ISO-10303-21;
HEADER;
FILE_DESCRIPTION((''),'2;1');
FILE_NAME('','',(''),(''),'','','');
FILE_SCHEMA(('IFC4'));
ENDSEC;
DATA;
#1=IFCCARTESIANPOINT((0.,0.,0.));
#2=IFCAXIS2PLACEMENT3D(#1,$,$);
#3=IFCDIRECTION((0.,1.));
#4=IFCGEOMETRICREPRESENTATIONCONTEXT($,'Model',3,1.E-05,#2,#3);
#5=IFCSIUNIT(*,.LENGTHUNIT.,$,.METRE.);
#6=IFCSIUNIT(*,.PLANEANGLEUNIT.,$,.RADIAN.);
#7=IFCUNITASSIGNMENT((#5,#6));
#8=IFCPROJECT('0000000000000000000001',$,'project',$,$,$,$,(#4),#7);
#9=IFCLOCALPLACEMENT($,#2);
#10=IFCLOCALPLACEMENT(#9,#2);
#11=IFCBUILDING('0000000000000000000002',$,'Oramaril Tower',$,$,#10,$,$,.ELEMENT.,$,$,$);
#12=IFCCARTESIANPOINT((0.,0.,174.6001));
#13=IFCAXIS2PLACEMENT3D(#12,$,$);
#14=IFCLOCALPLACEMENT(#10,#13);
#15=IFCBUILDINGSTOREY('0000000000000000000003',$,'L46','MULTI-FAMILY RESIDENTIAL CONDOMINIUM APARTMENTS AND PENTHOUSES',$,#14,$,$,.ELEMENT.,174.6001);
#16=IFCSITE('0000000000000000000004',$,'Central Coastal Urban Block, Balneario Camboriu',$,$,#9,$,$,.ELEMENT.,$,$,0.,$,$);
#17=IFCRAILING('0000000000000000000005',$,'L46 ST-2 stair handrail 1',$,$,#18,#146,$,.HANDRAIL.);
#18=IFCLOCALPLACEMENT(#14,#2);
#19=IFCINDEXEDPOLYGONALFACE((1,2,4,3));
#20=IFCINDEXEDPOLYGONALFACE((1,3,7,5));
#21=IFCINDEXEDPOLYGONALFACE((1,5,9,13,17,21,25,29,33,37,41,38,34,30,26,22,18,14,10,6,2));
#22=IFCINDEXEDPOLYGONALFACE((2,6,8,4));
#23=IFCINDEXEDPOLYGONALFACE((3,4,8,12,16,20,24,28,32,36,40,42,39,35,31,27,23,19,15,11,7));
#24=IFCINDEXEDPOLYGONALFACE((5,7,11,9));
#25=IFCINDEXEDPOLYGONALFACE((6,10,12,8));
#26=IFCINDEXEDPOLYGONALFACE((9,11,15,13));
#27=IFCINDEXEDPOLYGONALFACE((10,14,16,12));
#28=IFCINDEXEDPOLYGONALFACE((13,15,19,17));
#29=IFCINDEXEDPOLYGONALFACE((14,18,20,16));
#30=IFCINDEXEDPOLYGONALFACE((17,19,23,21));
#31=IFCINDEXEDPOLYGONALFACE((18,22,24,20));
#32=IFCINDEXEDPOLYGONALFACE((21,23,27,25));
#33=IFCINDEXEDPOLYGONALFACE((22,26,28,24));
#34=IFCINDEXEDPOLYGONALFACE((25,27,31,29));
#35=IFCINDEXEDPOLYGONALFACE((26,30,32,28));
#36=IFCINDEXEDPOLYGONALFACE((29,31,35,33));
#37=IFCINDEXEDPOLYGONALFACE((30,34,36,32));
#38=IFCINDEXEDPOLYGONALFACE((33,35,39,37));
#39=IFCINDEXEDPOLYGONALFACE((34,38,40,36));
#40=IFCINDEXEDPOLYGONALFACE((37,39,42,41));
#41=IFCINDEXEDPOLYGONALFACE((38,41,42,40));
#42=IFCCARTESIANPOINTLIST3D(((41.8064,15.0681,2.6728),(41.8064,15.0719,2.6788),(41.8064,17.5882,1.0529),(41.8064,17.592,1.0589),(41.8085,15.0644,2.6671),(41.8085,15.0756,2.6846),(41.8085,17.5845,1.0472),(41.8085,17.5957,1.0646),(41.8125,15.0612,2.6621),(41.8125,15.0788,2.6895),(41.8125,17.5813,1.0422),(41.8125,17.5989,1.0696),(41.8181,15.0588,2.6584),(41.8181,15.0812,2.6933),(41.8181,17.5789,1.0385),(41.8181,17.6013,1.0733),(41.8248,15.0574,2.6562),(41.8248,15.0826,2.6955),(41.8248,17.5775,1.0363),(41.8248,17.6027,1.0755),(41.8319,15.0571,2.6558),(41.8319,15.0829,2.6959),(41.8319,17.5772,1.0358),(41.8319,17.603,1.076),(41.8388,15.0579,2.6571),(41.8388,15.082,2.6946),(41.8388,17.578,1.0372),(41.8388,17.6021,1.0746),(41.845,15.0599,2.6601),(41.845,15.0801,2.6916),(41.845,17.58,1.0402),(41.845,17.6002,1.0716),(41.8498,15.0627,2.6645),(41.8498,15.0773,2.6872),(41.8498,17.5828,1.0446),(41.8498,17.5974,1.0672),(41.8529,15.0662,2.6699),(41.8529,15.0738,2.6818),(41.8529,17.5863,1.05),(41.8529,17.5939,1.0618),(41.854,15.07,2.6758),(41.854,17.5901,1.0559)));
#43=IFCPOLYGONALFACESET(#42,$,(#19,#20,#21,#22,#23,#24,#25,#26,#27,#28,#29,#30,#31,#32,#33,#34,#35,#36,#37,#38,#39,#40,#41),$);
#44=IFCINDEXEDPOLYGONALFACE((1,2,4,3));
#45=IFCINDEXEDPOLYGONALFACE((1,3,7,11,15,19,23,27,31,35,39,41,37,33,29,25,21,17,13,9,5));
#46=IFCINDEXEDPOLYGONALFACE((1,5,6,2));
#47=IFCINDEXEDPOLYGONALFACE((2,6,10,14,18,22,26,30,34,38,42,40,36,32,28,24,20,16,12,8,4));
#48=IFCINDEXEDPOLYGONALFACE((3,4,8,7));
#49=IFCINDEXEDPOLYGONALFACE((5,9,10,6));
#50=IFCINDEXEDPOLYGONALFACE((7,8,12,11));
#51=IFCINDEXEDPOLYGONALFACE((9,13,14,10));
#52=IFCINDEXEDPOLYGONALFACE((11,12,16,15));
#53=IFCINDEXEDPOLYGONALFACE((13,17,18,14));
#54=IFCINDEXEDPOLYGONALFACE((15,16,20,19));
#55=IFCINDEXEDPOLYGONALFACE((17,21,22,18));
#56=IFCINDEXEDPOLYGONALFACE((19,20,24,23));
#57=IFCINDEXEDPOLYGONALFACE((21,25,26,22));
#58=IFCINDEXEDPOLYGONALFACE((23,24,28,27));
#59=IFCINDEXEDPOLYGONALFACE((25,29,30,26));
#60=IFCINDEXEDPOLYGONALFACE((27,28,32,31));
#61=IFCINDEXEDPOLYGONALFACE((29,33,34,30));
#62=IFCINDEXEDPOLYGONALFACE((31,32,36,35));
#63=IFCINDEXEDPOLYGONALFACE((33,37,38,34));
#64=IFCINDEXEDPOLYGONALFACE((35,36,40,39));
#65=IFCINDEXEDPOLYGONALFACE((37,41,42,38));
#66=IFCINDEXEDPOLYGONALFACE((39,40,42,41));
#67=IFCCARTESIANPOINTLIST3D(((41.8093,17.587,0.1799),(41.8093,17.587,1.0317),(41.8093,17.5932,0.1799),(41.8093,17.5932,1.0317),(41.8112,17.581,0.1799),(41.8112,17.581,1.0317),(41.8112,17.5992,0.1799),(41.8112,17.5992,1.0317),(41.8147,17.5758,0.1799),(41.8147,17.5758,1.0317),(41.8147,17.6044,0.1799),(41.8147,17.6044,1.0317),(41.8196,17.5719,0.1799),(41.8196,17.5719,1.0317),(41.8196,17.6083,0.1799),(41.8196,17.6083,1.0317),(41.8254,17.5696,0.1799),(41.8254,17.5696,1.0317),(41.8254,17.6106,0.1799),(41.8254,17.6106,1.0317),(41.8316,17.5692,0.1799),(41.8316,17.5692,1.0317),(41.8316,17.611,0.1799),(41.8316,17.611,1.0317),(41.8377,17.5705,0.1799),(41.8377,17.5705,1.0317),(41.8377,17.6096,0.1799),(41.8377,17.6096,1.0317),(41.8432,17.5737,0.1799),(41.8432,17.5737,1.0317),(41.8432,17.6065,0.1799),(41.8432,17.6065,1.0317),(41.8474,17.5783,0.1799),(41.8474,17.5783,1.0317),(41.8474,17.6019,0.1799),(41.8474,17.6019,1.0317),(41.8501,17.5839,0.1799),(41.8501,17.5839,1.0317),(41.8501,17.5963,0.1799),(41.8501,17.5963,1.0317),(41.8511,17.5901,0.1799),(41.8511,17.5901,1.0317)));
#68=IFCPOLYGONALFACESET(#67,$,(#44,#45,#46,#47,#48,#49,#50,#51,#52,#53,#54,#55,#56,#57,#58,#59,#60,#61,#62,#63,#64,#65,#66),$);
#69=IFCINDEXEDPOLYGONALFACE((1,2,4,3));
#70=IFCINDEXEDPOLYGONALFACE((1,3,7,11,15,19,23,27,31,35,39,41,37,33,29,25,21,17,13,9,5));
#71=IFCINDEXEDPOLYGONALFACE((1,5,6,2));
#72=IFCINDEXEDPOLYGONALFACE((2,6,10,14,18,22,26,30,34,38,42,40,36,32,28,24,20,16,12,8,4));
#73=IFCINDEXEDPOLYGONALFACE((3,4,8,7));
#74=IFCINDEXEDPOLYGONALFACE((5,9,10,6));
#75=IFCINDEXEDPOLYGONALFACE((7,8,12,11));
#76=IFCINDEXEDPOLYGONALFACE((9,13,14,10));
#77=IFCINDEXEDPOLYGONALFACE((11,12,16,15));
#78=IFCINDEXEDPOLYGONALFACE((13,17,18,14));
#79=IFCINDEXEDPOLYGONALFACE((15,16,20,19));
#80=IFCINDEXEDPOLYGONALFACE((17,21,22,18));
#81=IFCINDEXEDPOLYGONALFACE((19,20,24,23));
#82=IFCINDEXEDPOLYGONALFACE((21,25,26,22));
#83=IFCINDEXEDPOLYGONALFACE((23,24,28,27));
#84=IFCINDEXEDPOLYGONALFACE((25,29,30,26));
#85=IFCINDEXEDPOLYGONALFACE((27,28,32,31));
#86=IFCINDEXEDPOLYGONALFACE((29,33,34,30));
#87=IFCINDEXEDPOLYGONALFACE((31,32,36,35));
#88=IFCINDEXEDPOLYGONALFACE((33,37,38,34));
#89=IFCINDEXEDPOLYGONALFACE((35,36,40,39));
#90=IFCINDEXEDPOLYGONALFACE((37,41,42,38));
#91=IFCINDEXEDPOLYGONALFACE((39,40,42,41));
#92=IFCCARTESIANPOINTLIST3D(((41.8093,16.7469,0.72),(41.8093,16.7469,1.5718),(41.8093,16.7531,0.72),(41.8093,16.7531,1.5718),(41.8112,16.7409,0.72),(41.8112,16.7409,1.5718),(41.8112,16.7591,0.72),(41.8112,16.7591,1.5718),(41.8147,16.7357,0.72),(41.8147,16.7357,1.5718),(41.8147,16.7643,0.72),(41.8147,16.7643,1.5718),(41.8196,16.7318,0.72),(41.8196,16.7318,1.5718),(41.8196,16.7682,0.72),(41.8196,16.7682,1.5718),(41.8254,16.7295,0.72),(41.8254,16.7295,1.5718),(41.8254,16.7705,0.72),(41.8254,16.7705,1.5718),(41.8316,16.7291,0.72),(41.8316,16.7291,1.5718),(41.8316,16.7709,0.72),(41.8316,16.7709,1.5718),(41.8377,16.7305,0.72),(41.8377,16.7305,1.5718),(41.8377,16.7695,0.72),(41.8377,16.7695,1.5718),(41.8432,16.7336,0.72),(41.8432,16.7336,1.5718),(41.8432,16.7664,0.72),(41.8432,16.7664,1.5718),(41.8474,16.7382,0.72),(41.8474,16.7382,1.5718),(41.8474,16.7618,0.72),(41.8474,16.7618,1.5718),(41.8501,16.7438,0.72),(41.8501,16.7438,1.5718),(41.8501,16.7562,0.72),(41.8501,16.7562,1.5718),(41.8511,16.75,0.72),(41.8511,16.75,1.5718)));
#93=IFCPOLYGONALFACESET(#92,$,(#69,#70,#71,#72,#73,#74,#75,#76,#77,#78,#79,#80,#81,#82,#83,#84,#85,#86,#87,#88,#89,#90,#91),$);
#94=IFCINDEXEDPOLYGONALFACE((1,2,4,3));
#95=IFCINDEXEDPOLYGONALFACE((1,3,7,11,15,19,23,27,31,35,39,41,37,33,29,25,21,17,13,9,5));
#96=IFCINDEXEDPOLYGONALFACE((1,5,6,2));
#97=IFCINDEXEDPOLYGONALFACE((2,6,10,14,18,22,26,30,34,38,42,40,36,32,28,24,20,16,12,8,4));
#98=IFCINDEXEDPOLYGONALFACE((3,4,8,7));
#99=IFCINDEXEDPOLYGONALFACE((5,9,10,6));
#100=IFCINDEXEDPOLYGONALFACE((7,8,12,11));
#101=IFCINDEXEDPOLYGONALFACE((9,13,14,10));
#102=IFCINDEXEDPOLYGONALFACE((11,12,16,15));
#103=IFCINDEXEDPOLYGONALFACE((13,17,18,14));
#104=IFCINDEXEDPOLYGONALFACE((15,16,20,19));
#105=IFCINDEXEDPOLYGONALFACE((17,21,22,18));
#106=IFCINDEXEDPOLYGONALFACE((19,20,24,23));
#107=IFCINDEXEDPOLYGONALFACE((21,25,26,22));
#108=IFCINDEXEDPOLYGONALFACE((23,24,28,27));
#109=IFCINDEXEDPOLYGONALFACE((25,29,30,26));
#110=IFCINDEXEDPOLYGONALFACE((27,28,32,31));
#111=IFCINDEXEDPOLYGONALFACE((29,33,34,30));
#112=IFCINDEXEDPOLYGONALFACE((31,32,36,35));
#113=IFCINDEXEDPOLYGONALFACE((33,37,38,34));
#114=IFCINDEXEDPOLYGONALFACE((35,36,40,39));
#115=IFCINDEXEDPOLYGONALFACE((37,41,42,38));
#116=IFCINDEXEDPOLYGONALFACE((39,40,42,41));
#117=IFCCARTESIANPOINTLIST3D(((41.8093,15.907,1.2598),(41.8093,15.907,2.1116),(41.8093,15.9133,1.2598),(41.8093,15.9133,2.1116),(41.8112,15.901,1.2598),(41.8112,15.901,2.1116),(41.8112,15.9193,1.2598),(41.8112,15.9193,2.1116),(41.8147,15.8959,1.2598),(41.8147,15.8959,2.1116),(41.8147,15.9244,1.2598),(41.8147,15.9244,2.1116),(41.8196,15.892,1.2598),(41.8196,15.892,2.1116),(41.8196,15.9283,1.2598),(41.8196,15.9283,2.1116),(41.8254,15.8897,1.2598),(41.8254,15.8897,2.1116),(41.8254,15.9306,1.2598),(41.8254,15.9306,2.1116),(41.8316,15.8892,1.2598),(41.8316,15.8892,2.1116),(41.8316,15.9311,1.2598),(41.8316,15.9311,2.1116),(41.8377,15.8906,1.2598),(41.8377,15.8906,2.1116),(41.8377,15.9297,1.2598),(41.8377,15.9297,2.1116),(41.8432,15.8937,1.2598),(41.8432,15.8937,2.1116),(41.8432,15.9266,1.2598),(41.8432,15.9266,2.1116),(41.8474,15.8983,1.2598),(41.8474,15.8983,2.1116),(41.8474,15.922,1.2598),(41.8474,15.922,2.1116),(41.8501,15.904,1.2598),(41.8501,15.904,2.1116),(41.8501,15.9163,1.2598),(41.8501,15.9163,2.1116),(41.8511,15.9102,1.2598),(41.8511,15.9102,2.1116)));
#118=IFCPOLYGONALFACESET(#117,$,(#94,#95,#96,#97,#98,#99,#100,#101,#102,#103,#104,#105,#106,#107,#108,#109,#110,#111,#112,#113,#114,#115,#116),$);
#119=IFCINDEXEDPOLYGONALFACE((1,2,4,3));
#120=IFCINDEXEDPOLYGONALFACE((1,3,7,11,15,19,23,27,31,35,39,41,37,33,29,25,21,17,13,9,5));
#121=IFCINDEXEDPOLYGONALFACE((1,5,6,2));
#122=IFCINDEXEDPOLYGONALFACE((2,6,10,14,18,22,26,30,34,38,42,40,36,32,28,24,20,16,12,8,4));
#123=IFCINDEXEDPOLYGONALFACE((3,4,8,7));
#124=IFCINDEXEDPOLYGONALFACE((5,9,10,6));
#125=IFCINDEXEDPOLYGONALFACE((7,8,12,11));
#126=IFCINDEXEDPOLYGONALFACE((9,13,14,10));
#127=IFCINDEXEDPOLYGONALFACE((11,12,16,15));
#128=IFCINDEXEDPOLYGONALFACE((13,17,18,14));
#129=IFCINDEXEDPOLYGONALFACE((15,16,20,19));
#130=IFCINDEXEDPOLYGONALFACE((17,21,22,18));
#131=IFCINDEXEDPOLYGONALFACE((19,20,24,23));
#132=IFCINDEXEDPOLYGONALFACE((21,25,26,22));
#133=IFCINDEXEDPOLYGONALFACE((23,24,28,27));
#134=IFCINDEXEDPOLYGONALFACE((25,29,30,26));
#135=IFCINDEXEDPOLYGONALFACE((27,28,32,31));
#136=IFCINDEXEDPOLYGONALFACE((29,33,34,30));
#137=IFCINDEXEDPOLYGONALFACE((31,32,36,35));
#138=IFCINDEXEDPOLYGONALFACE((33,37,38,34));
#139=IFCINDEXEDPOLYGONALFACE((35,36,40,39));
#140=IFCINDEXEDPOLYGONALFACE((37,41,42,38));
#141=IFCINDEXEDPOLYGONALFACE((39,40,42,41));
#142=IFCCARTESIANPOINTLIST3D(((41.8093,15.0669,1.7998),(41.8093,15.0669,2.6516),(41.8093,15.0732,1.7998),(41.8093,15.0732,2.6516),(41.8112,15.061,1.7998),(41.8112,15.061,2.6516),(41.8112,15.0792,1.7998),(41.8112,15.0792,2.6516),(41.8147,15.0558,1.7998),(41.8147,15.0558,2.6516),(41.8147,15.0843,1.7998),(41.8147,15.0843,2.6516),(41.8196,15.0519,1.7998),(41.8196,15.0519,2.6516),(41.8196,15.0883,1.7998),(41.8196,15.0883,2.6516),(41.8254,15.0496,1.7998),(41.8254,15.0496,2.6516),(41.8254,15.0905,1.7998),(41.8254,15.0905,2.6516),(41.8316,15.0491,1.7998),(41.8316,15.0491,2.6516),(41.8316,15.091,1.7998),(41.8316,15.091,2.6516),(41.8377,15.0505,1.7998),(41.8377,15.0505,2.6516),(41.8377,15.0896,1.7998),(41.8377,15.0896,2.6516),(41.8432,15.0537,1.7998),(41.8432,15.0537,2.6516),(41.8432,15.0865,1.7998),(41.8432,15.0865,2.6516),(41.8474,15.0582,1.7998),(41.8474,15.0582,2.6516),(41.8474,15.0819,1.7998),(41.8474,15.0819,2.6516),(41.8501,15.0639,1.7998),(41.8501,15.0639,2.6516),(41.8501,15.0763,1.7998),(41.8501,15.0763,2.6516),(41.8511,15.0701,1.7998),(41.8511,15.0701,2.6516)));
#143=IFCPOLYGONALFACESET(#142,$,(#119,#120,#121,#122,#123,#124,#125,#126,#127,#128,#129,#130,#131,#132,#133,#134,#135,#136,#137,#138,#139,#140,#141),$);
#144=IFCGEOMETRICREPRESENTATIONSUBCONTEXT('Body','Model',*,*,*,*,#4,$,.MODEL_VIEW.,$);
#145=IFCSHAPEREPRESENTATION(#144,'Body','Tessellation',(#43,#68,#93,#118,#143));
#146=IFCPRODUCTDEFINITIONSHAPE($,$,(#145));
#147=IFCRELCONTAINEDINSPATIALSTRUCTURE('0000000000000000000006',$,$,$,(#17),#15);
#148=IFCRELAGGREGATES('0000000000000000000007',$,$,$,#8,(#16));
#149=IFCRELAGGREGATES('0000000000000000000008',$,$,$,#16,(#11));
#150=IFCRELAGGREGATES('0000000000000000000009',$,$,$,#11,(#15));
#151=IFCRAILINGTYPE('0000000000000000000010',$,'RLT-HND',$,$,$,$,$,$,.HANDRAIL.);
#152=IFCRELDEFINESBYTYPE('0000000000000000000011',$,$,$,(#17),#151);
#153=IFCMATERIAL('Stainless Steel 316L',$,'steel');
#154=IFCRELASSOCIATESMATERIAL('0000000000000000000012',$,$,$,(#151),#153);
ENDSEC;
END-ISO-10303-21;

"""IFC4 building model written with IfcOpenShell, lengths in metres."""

from ifc_helpers import new_model, si_unit, direction, frame, origin, origin_2d, place, context, subcontext, project, spatial, circle, extrude, material, type_object, element, save


model = new_model("IFC4")

# Units and contexts
model_context = context("Model", 3, precision=1e-05, world=origin(), true_north=direction((0.0, 1.0)))
body_context = subcontext(model_context, "Body", "Model", "MODEL_VIEW")
ifc_project = project(units=[si_unit("LENGTHUNIT", "METRE"), si_unit("PLANEANGLEUNIT", "RADIAN")], contexts=[model_context])

# Site, building, storey
site_placement = place(None, origin())
site = spatial("IfcSite", under=ifc_project, at=site_placement, Name="Central Coastal Urban Block, Balneario Camboriu", CompositionType="ELEMENT", RefElevation=0.0)
building_placement = place(site_placement, origin())
building = spatial("IfcBuilding", under=site, at=building_placement, Name="Oramaril Tower", CompositionType="ELEMENT")
storey_placement = place(building_placement, frame((0.0, 0.0, 174.6001)))
storey = spatial("IfcBuildingStorey", under=building, at=storey_placement, Name="L46", Description="MULTI-FAMILY RESIDENTIAL CONDOMINIUM APARTMENTS AND PENTHOUSES", CompositionType="ELEMENT", Elevation=174.6001)

# Railing
ifc_material_1 = material(Name="Stainless Steel 316L", Category="steel")
railing_type_1 = type_object("IfcRailingType", Name="RLT-HND", PredefinedType="HANDRAIL", material=ifc_material_1)
railing_1_placement = place(storey_placement, frame((41.8301, 17.5901, 0.1799)))
element("IfcRailing", 1, at=railing_1_placement, inside=storey, type_object=railing_type_1, Name="L46 ST-2 stair handrail 1", PredefinedType="HANDRAIL", context=body_context, shape_type="SweptSolid", body=[
    extrude(circle(Radius=0.0239, at=origin_2d()), frame((0.0, 0.0, 0.876), z_axis=(0.0, -0.8412, 0.540725), x_axis=(1.0, 0.0, 0.0)), (0.0, 0.0, 1.0), 2.9958),
    extrude(circle(Radius=0.021, at=origin_2d()), origin(), (0.0, 0.0, 1.0), 0.8518),
    extrude(circle(Radius=0.021, at=origin_2d()), frame((0.0, -0.8401, 0.54)), (0.0, 0.0, 1.0), 0.8518),
    extrude(circle(Radius=0.021, at=origin_2d()), frame((0.0, -1.6799, 1.0798)), (0.0, 0.0, 1.0), 0.8518),
    extrude(circle(Radius=0.021, at=origin_2d()), frame((0.0, -2.52, 1.6199)), (0.0, 0.0, 1.0), 0.8518),
])

save(model, "model.ifc")
